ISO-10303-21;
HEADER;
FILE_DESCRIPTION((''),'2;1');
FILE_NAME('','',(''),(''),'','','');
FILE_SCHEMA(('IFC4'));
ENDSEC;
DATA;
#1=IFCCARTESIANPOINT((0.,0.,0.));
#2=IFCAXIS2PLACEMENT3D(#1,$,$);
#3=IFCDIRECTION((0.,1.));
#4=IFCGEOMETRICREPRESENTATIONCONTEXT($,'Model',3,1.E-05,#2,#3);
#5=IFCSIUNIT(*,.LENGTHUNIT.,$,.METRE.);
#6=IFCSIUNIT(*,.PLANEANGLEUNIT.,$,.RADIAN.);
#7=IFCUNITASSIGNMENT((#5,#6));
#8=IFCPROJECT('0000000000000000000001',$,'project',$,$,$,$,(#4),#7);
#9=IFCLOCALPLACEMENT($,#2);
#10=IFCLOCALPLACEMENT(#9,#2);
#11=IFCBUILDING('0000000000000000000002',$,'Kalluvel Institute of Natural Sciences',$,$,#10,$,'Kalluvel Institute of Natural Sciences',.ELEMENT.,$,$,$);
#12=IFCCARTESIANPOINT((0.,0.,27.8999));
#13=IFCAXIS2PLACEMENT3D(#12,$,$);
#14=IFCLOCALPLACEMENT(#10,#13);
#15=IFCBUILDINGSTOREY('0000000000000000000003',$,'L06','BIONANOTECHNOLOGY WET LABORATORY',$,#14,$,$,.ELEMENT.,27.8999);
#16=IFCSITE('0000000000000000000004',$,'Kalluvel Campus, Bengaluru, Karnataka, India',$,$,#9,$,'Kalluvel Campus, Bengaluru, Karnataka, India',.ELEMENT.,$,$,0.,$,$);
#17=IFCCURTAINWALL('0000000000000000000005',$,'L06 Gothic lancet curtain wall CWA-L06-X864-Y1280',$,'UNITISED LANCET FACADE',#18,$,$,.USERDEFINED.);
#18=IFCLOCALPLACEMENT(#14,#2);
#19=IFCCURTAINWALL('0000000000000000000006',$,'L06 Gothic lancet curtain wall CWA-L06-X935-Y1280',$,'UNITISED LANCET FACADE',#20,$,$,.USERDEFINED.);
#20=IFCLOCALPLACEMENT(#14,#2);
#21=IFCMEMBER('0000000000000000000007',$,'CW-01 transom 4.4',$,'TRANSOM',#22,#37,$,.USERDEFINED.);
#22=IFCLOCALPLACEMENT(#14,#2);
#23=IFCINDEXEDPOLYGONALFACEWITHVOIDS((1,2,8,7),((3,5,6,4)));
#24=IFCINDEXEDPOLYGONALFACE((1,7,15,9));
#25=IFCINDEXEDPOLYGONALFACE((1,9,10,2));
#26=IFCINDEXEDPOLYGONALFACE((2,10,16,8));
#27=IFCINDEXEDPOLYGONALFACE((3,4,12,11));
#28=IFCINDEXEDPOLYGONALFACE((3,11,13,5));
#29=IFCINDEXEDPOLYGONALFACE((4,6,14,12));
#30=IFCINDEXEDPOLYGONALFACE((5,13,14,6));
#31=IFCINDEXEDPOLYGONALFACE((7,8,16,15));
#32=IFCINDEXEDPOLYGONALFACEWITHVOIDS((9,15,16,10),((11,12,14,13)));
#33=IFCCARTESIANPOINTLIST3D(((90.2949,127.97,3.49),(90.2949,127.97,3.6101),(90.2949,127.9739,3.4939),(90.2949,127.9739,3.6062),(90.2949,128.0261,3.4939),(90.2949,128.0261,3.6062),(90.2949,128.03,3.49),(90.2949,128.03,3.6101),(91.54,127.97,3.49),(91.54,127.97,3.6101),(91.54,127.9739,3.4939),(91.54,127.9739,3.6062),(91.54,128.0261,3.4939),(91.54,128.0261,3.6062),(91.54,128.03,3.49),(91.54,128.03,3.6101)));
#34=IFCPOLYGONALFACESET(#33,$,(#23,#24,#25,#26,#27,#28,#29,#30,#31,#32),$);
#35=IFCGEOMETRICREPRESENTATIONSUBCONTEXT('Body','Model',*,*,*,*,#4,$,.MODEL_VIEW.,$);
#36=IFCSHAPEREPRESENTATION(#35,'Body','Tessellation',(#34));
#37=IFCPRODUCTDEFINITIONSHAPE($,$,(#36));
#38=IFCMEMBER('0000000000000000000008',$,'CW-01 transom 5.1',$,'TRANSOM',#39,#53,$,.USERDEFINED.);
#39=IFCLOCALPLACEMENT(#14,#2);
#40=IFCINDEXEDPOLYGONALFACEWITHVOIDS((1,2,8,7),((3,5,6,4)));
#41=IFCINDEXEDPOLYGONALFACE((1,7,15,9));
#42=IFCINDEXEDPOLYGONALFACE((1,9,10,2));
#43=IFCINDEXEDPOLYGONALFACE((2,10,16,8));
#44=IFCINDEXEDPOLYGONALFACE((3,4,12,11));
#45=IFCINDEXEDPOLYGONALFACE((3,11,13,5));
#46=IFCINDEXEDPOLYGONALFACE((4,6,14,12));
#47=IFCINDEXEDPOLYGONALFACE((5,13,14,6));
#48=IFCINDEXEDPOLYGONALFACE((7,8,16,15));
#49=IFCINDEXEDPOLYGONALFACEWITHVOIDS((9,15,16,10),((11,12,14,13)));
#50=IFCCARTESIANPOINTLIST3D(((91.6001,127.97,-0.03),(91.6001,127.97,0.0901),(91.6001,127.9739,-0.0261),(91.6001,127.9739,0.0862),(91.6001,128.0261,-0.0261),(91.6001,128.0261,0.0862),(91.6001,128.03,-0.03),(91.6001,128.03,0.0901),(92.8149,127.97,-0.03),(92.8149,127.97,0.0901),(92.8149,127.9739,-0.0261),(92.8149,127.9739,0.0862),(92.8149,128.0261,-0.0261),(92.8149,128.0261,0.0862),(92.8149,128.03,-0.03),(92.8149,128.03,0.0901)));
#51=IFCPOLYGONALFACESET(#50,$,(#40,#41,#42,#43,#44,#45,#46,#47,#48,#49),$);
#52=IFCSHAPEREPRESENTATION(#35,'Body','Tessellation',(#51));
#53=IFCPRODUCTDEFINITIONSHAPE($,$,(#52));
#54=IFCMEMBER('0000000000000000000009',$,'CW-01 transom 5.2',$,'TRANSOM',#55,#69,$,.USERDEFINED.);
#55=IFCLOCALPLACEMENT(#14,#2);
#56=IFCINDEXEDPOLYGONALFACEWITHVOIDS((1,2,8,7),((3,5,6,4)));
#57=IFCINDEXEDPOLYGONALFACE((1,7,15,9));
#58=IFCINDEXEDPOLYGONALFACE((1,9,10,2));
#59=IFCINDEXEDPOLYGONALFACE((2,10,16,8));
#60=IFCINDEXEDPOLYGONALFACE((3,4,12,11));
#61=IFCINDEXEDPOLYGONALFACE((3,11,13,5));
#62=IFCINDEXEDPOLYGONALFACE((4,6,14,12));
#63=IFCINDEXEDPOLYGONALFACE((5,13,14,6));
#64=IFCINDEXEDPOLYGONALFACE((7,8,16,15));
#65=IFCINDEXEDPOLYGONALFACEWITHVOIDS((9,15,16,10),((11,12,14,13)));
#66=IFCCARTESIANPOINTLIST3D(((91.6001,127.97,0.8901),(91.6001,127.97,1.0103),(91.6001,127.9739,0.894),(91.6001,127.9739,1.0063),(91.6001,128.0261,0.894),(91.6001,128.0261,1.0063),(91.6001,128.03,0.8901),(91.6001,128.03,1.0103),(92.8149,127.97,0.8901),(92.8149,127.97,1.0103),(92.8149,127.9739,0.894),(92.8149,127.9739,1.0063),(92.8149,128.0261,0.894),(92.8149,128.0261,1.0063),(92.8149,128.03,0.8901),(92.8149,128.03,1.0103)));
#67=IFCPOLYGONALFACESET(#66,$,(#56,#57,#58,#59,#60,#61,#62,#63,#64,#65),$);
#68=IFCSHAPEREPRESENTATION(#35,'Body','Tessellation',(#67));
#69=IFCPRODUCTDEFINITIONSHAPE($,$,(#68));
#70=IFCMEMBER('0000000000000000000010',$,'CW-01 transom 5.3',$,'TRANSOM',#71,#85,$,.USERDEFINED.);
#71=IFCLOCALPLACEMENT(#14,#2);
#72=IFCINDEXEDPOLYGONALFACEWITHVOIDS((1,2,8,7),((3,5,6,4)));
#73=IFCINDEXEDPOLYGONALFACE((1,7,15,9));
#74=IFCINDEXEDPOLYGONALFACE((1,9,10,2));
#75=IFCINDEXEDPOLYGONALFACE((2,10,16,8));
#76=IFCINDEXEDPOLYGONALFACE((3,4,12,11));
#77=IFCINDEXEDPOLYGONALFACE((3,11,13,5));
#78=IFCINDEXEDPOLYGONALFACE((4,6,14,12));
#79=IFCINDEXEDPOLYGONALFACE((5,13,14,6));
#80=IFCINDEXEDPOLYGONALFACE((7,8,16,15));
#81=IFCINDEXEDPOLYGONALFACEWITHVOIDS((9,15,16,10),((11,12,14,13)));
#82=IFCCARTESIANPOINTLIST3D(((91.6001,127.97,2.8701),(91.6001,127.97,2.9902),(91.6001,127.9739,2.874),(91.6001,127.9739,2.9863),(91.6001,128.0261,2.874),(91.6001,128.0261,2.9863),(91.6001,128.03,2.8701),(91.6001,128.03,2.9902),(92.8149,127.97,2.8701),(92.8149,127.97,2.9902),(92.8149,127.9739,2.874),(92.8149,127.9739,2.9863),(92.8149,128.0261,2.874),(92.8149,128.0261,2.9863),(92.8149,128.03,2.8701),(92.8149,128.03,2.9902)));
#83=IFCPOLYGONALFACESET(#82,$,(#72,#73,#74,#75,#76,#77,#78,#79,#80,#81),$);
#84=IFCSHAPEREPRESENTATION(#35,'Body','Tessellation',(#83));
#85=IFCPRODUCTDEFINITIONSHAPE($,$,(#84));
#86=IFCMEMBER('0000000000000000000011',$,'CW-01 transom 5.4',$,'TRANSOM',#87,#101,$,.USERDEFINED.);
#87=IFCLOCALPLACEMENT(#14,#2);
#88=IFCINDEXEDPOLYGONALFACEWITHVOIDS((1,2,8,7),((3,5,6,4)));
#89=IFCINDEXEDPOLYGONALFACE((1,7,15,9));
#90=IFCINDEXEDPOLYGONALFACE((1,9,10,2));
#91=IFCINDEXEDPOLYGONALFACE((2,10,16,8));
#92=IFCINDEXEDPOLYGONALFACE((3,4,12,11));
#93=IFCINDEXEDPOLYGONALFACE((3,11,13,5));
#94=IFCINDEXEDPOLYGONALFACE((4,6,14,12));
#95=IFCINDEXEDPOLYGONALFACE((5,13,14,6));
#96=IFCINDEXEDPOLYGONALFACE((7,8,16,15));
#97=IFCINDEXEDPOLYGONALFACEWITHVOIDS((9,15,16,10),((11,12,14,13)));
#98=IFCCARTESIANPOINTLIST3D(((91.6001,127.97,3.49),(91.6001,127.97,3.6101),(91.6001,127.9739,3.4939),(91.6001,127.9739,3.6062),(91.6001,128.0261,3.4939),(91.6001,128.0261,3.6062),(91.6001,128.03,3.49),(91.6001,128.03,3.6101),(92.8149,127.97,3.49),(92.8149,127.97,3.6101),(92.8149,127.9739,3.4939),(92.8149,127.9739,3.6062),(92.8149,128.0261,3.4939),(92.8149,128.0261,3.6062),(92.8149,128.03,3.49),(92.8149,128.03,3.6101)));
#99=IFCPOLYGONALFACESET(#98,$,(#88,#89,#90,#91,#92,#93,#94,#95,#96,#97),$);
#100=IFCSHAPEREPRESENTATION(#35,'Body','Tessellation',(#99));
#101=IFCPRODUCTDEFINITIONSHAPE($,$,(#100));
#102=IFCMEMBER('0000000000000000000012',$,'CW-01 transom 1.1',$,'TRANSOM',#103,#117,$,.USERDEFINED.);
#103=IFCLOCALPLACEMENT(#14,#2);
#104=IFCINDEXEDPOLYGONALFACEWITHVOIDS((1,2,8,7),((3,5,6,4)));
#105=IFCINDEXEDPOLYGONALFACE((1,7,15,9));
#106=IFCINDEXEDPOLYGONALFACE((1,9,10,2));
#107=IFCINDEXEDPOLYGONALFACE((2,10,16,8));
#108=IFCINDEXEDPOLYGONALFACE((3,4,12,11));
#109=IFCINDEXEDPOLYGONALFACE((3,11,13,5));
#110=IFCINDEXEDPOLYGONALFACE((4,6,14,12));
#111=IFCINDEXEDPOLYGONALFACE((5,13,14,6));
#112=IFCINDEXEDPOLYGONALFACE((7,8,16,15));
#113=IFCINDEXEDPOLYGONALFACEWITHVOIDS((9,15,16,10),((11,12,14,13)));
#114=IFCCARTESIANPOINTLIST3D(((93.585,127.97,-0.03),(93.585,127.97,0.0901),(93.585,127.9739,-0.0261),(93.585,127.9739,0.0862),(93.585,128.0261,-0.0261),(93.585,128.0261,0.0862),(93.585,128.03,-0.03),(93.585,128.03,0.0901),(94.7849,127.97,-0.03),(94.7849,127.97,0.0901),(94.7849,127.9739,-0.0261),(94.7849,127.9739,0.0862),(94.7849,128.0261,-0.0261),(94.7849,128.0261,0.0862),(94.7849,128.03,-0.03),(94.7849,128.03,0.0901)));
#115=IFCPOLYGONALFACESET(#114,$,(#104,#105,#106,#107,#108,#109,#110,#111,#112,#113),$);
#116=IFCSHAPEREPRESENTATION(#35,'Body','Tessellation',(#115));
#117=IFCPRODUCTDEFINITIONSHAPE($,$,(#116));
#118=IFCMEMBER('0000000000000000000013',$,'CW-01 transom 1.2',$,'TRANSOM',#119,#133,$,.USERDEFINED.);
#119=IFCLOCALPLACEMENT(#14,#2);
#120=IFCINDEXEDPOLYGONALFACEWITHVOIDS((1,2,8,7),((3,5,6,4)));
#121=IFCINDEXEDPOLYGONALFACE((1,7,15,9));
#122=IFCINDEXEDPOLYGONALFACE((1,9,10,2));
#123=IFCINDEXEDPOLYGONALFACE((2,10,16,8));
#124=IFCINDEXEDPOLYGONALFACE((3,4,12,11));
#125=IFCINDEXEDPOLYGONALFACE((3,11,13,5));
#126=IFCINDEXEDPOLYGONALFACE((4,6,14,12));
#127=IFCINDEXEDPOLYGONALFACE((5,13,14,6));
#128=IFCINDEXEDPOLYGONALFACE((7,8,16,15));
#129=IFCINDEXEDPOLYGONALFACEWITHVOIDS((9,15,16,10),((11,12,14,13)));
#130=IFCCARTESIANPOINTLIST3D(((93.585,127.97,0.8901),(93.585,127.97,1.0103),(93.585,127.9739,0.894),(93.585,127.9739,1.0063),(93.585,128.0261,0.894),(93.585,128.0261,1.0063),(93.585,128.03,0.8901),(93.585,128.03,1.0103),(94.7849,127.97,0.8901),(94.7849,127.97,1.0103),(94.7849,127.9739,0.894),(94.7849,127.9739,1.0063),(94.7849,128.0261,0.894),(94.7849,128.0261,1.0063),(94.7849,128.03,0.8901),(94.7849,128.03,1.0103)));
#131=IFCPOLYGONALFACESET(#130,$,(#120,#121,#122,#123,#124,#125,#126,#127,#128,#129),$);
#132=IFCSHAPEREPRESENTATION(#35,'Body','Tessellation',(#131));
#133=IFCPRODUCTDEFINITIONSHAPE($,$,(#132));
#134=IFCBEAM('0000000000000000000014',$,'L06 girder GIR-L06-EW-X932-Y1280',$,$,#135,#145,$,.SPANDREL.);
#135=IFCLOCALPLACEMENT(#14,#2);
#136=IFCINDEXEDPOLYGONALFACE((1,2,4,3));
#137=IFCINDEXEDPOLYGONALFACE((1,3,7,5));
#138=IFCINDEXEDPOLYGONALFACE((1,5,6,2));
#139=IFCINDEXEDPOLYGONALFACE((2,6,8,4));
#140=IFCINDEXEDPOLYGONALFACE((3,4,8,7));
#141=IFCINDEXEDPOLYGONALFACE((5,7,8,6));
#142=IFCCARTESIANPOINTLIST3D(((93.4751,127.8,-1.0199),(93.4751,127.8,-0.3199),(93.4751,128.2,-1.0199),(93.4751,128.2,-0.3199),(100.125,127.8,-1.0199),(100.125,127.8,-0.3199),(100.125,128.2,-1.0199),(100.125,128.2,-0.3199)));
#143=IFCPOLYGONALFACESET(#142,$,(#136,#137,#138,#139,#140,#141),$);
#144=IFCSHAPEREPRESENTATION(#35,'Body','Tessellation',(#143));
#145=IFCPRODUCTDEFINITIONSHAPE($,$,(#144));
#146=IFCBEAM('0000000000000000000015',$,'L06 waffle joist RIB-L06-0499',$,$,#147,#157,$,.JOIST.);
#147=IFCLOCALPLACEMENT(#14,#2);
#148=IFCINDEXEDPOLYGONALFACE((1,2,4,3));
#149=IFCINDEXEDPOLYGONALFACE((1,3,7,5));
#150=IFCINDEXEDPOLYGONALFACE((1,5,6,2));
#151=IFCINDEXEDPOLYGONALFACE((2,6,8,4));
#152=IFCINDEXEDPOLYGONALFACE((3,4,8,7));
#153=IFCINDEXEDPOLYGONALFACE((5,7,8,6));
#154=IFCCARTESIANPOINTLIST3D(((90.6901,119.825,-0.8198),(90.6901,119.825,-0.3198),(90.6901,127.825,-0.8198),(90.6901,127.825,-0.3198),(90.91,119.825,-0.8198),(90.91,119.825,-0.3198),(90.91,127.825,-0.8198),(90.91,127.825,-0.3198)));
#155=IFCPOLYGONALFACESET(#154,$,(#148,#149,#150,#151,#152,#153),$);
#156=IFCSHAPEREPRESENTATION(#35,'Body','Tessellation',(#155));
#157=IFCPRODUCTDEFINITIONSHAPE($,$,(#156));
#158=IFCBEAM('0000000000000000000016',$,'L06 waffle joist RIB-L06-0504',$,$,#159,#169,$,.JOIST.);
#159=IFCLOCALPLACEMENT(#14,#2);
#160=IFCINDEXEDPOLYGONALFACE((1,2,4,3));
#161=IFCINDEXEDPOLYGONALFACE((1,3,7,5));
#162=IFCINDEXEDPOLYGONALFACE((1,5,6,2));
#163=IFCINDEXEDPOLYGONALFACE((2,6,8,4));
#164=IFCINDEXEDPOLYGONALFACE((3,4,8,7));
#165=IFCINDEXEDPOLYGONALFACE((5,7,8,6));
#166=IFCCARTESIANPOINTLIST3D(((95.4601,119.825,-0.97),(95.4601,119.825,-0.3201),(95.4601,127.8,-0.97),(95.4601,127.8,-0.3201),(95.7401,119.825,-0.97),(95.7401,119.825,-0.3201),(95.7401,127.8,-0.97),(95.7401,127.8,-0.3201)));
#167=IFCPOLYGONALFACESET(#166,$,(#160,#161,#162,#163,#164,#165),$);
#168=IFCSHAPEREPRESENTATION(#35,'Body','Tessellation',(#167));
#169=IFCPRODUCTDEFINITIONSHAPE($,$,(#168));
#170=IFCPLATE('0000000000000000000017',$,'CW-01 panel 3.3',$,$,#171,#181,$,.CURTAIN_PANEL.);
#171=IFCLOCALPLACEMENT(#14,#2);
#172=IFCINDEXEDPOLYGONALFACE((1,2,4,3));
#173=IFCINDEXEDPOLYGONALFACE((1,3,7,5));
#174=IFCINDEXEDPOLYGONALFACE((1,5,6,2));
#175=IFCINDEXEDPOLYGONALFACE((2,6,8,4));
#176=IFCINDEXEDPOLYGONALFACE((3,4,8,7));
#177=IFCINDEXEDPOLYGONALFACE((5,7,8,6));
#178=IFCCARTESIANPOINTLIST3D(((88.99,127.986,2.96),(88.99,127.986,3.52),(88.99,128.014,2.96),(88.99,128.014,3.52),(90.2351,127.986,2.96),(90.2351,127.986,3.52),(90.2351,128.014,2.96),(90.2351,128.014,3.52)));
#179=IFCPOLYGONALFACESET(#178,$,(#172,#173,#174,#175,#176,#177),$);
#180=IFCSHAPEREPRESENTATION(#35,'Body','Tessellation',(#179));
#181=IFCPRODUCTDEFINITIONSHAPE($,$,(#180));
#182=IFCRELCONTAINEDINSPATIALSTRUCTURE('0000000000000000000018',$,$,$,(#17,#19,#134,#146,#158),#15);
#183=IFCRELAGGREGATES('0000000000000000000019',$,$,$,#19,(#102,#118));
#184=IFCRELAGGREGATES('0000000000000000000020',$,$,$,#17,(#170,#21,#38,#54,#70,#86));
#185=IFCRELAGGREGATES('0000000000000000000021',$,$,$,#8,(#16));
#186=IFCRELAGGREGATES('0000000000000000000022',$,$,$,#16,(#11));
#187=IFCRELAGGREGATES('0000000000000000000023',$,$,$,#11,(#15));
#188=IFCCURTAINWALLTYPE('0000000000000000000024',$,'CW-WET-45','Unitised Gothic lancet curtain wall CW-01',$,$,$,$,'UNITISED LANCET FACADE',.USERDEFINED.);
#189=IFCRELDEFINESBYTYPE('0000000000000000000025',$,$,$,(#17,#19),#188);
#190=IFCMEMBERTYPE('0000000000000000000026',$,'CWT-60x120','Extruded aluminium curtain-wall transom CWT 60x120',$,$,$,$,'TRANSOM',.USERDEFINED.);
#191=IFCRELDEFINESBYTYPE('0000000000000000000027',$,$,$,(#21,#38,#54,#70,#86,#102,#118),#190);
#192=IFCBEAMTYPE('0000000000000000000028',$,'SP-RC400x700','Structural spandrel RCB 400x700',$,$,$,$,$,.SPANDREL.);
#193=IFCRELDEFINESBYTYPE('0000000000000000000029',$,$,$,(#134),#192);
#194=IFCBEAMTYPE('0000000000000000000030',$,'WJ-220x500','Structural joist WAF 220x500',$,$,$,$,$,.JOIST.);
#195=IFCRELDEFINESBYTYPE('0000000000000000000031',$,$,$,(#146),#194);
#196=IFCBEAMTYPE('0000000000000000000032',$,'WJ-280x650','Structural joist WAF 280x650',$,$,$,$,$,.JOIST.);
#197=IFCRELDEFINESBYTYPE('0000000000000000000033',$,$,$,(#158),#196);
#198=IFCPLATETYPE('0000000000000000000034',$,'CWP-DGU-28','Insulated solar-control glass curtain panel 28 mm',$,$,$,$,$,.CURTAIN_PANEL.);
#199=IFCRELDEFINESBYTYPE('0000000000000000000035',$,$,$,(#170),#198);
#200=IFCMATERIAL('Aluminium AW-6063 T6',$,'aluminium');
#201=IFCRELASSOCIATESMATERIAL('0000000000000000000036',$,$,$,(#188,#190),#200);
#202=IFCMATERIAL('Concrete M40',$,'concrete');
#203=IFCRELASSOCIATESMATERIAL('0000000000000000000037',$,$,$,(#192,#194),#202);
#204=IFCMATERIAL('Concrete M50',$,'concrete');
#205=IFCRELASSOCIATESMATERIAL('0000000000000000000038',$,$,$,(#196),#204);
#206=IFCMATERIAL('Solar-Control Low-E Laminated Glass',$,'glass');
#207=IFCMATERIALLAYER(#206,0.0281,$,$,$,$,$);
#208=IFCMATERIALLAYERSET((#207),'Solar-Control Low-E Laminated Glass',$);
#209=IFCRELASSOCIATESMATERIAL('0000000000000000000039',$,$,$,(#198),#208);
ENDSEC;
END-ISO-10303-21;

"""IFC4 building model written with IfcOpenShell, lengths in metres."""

from ifc_helpers import new_model, si_unit, direction, frame, origin, origin_2d, place, context, subcontext, project, spatial, rectangle, hollow_rectangle, extrude, material, layer, layer_set, material_profile, profile_set, type_object, element, aggregate, save


model = new_model("IFC4")

# Units and contexts
model_context = context("Model", 3, precision=1e-05, world=origin(), true_north=direction((0.0, 1.0)))
body_context = subcontext(model_context, "Body", "Model", "MODEL_VIEW")
ifc_project = project(units=[si_unit("LENGTHUNIT", "METRE"), si_unit("PLANEANGLEUNIT", "RADIAN")], contexts=[model_context])

# Site, building, storey
site_placement = place(None, origin())
site = spatial("IfcSite", under=ifc_project, at=site_placement, Name="Kalluvel Campus, Bengaluru, Karnataka, India", LongName="Kalluvel Campus, Bengaluru, Karnataka, India", CompositionType="ELEMENT", RefElevation=0.0)
building_placement = place(site_placement, origin())
building = spatial("IfcBuilding", under=site, at=building_placement, Name="Kalluvel Institute of Natural Sciences", LongName="Kalluvel Institute of Natural Sciences", CompositionType="ELEMENT")
storey_placement = place(building_placement, frame((0.0, 0.0, 27.8999)))
storey = spatial("IfcBuildingStorey", under=building, at=storey_placement, Name="L06", Description="BIONANOTECHNOLOGY WET LABORATORY", CompositionType="ELEMENT", Elevation=27.8999)

# Shared definitions
ifc_material_1 = material(Name="Concrete M40", Category="concrete")

# Shared definitions
ifc_material_2 = material(Name="Concrete M50", Category="concrete")

# Curtain wall
ifc_material_3 = material(Name="Aluminium AW-6063 T6", Category="aluminium")
curtain_wall_type = type_object("IfcCurtainWallType", Name="CW-WET-45", Description="Unitised Gothic lancet curtain wall CW-01", ElementType="UNITISED LANCET FACADE", PredefinedType="USERDEFINED", material=ifc_material_3)
curtain_wall_1_placement = place(storey_placement, origin())
curtain_wall_1 = element("IfcCurtainWall", 1, at=curtain_wall_1_placement, inside=storey, type_object=curtain_wall_type, Name="L06 Gothic lancet curtain wall CWA-L06-X864-Y1280", ObjectType="UNITISED LANCET FACADE", PredefinedType="USERDEFINED")

# Curtain wall
curtain_wall_2_placement = place(storey_placement, origin())
curtain_wall_2 = element("IfcCurtainWall", 2, at=curtain_wall_2_placement, inside=storey, type_object=curtain_wall_type, Name="L06 Gothic lancet curtain wall CWA-L06-X935-Y1280", ObjectType="UNITISED LANCET FACADE", PredefinedType="USERDEFINED")

# Members
ifc_material_profile_1 = material_profile(ifc_material_3, hollow_rectangle(XDim=0.0601, YDim=0.1201, WallThickness=0.0039, at=origin_2d()), Name="CWT 60x120")
ifc_profile_set_1 = profile_set([ifc_material_profile_1], Name="Aluminium AW-6063 T6")
member_type_1 = type_object("IfcMemberType", Name="CWT-60x120", Description="Extruded aluminium curtain-wall transom CWT 60x120", ElementType="TRANSOM", PredefinedType="USERDEFINED", material=ifc_profile_set_1)
member_1_placement = place(storey_placement, frame((90.2949, 128.0, 3.55), z_axis=(1.0, 0.0, 0.0), x_axis=(0.0, 1.0, 0.0)))
member_1 = element("IfcMember", 3, at=member_1_placement, type_object=member_type_1, Name="CW-01 transom 4.4", ObjectType="TRANSOM", PredefinedType="USERDEFINED", context=body_context, shape_type="SweptSolid", body=[
    extrude(hollow_rectangle(XDim=0.0601, YDim=0.1201, WallThickness=0.0039, at=origin_2d()), origin(), (0.0, 0.0, 1.0), 1.2451),
])
member_2_placement = place(storey_placement, frame((91.6001, 128.0, 0.03), z_axis=(1.0, 0.0, 0.0), x_axis=(0.0, 1.0, 0.0)))
member_2 = element("IfcMember", 4, at=member_2_placement, type_object=member_type_1, Name="CW-01 transom 5.1", ObjectType="TRANSOM", PredefinedType="USERDEFINED", context=body_context, shape_type="SweptSolid", body=[
    extrude(hollow_rectangle(XDim=0.0601, YDim=0.1201, WallThickness=0.0039, at=origin_2d()), origin(), (0.0, 0.0, 1.0), 1.2148),
])
member_3_placement = place(storey_placement, frame((91.6001, 128.0, 0.9502), z_axis=(1.0, 0.0, 0.0), x_axis=(0.0, 1.0, 0.0)))
member_3 = element("IfcMember", 5, at=member_3_placement, type_object=member_type_1, Name="CW-01 transom 5.2", ObjectType="TRANSOM", PredefinedType="USERDEFINED", context=body_context, shape_type="SweptSolid", body=[
    extrude(hollow_rectangle(XDim=0.0601, YDim=0.1201, WallThickness=0.0039, at=origin_2d()), origin(), (0.0, 0.0, 1.0), 1.2148),
])
member_4_placement = place(storey_placement, frame((91.6001, 128.0, 2.9302), z_axis=(1.0, 0.0, 0.0), x_axis=(0.0, 1.0, 0.0)))
member_4 = element("IfcMember", 6, at=member_4_placement, type_object=member_type_1, Name="CW-01 transom 5.3", ObjectType="TRANSOM", PredefinedType="USERDEFINED", context=body_context, shape_type="SweptSolid", body=[
    extrude(hollow_rectangle(XDim=0.0601, YDim=0.1201, WallThickness=0.0039, at=origin_2d()), origin(), (0.0, 0.0, 1.0), 1.2148),
])
member_5_placement = place(storey_placement, frame((91.6001, 128.0, 3.55), z_axis=(1.0, 0.0, 0.0), x_axis=(0.0, 1.0, 0.0)))
member_5 = element("IfcMember", 7, at=member_5_placement, type_object=member_type_1, Name="CW-01 transom 5.4", ObjectType="TRANSOM", PredefinedType="USERDEFINED", context=body_context, shape_type="SweptSolid", body=[
    extrude(hollow_rectangle(XDim=0.0601, YDim=0.1201, WallThickness=0.0039, at=origin_2d()), origin(), (0.0, 0.0, 1.0), 1.2148),
])
member_6_placement = place(storey_placement, frame((93.585, 128.0, 0.03), z_axis=(1.0, 0.0, 0.0), x_axis=(0.0, 1.0, 0.0)))
member_6 = element("IfcMember", 8, at=member_6_placement, type_object=member_type_1, Name="CW-01 transom 1.1", ObjectType="TRANSOM", PredefinedType="USERDEFINED", context=body_context, shape_type="SweptSolid", body=[
    extrude(hollow_rectangle(XDim=0.0601, YDim=0.1201, WallThickness=0.0039, at=origin_2d()), origin(), (0.0, 0.0, 1.0), 1.2),
])
member_7_placement = place(storey_placement, frame((93.585, 128.0, 0.9502), z_axis=(1.0, 0.0, 0.0), x_axis=(0.0, 1.0, 0.0)))
member_7 = element("IfcMember", 9, at=member_7_placement, type_object=member_type_1, Name="CW-01 transom 1.2", ObjectType="TRANSOM", PredefinedType="USERDEFINED", context=body_context, shape_type="SweptSolid", body=[
    extrude(hollow_rectangle(XDim=0.0601, YDim=0.1201, WallThickness=0.0039, at=origin_2d()), origin(), (0.0, 0.0, 1.0), 1.2),
])
aggregate(curtain_wall_2, [member_6, member_7])

# Beams
ifc_material_profile_2 = material_profile(ifc_material_1, rectangle(XDim=0.3999, YDim=0.7, at=origin_2d()), Name="RCB 400x700")
ifc_profile_set_2 = profile_set([ifc_material_profile_2], Name="Concrete M40")
beam_type_1 = type_object("IfcBeamType", Name="SP-RC400x700", Description="Structural spandrel RCB 400x700", PredefinedType="SPANDREL", material=ifc_profile_set_2)
beam_1_placement = place(storey_placement, frame((93.4751, 128.0, -0.6699), z_axis=(1.0, 0.0, 0.0), x_axis=(0.0, 1.0, 0.0)))
element("IfcBeam", 10, at=beam_1_placement, inside=storey, type_object=beam_type_1, Name="L06 girder GIR-L06-EW-X932-Y1280", PredefinedType="SPANDREL", context=body_context, shape_type="SweptSolid", body=[
    extrude(rectangle(XDim=0.3999, YDim=0.7, at=origin_2d()), origin(), (0.0, 0.0, 1.0), 6.6499),
])
ifc_material_profile_3 = material_profile(ifc_material_1, rectangle(XDim=0.22, YDim=0.5, at=origin_2d()), Name="WAF 220x500")
ifc_profile_set_3 = profile_set([ifc_material_profile_3], Name="Concrete M40")
beam_type_2 = type_object("IfcBeamType", Name="WJ-220x500", Description="Structural joist WAF 220x500", PredefinedType="JOIST", material=ifc_profile_set_3)
beam_2_placement = place(storey_placement, frame((90.8, 119.825, -0.5698), z_axis=(0.0, 1.0, 0.0), x_axis=(-1.0, 0.0, 0.0)))
element("IfcBeam", 11, at=beam_2_placement, inside=storey, type_object=beam_type_2, Name="L06 waffle joist RIB-L06-0499", PredefinedType="JOIST", context=body_context, shape_type="SweptSolid", body=[
    extrude(rectangle(XDim=0.22, YDim=0.5, at=origin_2d()), origin(), (0.0, 0.0, 1.0), 8.0),
])
ifc_material_profile_4 = material_profile(ifc_material_2, rectangle(XDim=0.28, YDim=0.6499, at=origin_2d()), Name="WAF 280x650")
ifc_profile_set_4 = profile_set([ifc_material_profile_4], Name="Concrete M50")
beam_type_3 = type_object("IfcBeamType", Name="WJ-280x650", Description="Structural joist WAF 280x650", PredefinedType="JOIST", material=ifc_profile_set_4)
beam_3_placement = place(storey_placement, frame((95.6001, 119.825, -0.645), z_axis=(0.0, 1.0, 0.0), x_axis=(-1.0, 0.0, 0.0)))
element("IfcBeam", 12, at=beam_3_placement, inside=storey, type_object=beam_type_3, Name="L06 waffle joist RIB-L06-0504", PredefinedType="JOIST", context=body_context, shape_type="SweptSolid", body=[
    extrude(rectangle(XDim=0.28, YDim=0.6499, at=origin_2d()), origin(), (0.0, 0.0, 1.0), 7.9751),
])

# Plate
ifc_material_4 = material(Name="Solar-Control Low-E Laminated Glass", Category="glass")
ifc_layer = layer(ifc_material_4, 0.0281)
ifc_layer_set = layer_set([ifc_layer], Name="Solar-Control Low-E Laminated Glass")
plate_type = type_object("IfcPlateType", Name="CWP-DGU-28", Description="Insulated solar-control glass curtain panel 28 mm", PredefinedType="CURTAIN_PANEL", material=ifc_layer_set)
plate_1_placement = place(storey_placement, frame((89.6125, 128.0, 2.96), z_axis=(0.0, 0.0, 1.0), x_axis=(1.0, 0.0, 0.0)))
plate_1 = element("IfcPlate", 13, at=plate_1_placement, type_object=plate_type, Name="CW-01 panel 3.3", PredefinedType="CURTAIN_PANEL", context=body_context, shape_type="SweptSolid", body=[
    extrude(rectangle(XDim=1.2451, YDim=0.0281, at=origin_2d()), origin(), (0.0, 0.0, 1.0), 0.5601),
])
aggregate(curtain_wall_1, [plate_1, member_1, member_2, member_3, member_4, member_5])

save(model, "model.ifc")
